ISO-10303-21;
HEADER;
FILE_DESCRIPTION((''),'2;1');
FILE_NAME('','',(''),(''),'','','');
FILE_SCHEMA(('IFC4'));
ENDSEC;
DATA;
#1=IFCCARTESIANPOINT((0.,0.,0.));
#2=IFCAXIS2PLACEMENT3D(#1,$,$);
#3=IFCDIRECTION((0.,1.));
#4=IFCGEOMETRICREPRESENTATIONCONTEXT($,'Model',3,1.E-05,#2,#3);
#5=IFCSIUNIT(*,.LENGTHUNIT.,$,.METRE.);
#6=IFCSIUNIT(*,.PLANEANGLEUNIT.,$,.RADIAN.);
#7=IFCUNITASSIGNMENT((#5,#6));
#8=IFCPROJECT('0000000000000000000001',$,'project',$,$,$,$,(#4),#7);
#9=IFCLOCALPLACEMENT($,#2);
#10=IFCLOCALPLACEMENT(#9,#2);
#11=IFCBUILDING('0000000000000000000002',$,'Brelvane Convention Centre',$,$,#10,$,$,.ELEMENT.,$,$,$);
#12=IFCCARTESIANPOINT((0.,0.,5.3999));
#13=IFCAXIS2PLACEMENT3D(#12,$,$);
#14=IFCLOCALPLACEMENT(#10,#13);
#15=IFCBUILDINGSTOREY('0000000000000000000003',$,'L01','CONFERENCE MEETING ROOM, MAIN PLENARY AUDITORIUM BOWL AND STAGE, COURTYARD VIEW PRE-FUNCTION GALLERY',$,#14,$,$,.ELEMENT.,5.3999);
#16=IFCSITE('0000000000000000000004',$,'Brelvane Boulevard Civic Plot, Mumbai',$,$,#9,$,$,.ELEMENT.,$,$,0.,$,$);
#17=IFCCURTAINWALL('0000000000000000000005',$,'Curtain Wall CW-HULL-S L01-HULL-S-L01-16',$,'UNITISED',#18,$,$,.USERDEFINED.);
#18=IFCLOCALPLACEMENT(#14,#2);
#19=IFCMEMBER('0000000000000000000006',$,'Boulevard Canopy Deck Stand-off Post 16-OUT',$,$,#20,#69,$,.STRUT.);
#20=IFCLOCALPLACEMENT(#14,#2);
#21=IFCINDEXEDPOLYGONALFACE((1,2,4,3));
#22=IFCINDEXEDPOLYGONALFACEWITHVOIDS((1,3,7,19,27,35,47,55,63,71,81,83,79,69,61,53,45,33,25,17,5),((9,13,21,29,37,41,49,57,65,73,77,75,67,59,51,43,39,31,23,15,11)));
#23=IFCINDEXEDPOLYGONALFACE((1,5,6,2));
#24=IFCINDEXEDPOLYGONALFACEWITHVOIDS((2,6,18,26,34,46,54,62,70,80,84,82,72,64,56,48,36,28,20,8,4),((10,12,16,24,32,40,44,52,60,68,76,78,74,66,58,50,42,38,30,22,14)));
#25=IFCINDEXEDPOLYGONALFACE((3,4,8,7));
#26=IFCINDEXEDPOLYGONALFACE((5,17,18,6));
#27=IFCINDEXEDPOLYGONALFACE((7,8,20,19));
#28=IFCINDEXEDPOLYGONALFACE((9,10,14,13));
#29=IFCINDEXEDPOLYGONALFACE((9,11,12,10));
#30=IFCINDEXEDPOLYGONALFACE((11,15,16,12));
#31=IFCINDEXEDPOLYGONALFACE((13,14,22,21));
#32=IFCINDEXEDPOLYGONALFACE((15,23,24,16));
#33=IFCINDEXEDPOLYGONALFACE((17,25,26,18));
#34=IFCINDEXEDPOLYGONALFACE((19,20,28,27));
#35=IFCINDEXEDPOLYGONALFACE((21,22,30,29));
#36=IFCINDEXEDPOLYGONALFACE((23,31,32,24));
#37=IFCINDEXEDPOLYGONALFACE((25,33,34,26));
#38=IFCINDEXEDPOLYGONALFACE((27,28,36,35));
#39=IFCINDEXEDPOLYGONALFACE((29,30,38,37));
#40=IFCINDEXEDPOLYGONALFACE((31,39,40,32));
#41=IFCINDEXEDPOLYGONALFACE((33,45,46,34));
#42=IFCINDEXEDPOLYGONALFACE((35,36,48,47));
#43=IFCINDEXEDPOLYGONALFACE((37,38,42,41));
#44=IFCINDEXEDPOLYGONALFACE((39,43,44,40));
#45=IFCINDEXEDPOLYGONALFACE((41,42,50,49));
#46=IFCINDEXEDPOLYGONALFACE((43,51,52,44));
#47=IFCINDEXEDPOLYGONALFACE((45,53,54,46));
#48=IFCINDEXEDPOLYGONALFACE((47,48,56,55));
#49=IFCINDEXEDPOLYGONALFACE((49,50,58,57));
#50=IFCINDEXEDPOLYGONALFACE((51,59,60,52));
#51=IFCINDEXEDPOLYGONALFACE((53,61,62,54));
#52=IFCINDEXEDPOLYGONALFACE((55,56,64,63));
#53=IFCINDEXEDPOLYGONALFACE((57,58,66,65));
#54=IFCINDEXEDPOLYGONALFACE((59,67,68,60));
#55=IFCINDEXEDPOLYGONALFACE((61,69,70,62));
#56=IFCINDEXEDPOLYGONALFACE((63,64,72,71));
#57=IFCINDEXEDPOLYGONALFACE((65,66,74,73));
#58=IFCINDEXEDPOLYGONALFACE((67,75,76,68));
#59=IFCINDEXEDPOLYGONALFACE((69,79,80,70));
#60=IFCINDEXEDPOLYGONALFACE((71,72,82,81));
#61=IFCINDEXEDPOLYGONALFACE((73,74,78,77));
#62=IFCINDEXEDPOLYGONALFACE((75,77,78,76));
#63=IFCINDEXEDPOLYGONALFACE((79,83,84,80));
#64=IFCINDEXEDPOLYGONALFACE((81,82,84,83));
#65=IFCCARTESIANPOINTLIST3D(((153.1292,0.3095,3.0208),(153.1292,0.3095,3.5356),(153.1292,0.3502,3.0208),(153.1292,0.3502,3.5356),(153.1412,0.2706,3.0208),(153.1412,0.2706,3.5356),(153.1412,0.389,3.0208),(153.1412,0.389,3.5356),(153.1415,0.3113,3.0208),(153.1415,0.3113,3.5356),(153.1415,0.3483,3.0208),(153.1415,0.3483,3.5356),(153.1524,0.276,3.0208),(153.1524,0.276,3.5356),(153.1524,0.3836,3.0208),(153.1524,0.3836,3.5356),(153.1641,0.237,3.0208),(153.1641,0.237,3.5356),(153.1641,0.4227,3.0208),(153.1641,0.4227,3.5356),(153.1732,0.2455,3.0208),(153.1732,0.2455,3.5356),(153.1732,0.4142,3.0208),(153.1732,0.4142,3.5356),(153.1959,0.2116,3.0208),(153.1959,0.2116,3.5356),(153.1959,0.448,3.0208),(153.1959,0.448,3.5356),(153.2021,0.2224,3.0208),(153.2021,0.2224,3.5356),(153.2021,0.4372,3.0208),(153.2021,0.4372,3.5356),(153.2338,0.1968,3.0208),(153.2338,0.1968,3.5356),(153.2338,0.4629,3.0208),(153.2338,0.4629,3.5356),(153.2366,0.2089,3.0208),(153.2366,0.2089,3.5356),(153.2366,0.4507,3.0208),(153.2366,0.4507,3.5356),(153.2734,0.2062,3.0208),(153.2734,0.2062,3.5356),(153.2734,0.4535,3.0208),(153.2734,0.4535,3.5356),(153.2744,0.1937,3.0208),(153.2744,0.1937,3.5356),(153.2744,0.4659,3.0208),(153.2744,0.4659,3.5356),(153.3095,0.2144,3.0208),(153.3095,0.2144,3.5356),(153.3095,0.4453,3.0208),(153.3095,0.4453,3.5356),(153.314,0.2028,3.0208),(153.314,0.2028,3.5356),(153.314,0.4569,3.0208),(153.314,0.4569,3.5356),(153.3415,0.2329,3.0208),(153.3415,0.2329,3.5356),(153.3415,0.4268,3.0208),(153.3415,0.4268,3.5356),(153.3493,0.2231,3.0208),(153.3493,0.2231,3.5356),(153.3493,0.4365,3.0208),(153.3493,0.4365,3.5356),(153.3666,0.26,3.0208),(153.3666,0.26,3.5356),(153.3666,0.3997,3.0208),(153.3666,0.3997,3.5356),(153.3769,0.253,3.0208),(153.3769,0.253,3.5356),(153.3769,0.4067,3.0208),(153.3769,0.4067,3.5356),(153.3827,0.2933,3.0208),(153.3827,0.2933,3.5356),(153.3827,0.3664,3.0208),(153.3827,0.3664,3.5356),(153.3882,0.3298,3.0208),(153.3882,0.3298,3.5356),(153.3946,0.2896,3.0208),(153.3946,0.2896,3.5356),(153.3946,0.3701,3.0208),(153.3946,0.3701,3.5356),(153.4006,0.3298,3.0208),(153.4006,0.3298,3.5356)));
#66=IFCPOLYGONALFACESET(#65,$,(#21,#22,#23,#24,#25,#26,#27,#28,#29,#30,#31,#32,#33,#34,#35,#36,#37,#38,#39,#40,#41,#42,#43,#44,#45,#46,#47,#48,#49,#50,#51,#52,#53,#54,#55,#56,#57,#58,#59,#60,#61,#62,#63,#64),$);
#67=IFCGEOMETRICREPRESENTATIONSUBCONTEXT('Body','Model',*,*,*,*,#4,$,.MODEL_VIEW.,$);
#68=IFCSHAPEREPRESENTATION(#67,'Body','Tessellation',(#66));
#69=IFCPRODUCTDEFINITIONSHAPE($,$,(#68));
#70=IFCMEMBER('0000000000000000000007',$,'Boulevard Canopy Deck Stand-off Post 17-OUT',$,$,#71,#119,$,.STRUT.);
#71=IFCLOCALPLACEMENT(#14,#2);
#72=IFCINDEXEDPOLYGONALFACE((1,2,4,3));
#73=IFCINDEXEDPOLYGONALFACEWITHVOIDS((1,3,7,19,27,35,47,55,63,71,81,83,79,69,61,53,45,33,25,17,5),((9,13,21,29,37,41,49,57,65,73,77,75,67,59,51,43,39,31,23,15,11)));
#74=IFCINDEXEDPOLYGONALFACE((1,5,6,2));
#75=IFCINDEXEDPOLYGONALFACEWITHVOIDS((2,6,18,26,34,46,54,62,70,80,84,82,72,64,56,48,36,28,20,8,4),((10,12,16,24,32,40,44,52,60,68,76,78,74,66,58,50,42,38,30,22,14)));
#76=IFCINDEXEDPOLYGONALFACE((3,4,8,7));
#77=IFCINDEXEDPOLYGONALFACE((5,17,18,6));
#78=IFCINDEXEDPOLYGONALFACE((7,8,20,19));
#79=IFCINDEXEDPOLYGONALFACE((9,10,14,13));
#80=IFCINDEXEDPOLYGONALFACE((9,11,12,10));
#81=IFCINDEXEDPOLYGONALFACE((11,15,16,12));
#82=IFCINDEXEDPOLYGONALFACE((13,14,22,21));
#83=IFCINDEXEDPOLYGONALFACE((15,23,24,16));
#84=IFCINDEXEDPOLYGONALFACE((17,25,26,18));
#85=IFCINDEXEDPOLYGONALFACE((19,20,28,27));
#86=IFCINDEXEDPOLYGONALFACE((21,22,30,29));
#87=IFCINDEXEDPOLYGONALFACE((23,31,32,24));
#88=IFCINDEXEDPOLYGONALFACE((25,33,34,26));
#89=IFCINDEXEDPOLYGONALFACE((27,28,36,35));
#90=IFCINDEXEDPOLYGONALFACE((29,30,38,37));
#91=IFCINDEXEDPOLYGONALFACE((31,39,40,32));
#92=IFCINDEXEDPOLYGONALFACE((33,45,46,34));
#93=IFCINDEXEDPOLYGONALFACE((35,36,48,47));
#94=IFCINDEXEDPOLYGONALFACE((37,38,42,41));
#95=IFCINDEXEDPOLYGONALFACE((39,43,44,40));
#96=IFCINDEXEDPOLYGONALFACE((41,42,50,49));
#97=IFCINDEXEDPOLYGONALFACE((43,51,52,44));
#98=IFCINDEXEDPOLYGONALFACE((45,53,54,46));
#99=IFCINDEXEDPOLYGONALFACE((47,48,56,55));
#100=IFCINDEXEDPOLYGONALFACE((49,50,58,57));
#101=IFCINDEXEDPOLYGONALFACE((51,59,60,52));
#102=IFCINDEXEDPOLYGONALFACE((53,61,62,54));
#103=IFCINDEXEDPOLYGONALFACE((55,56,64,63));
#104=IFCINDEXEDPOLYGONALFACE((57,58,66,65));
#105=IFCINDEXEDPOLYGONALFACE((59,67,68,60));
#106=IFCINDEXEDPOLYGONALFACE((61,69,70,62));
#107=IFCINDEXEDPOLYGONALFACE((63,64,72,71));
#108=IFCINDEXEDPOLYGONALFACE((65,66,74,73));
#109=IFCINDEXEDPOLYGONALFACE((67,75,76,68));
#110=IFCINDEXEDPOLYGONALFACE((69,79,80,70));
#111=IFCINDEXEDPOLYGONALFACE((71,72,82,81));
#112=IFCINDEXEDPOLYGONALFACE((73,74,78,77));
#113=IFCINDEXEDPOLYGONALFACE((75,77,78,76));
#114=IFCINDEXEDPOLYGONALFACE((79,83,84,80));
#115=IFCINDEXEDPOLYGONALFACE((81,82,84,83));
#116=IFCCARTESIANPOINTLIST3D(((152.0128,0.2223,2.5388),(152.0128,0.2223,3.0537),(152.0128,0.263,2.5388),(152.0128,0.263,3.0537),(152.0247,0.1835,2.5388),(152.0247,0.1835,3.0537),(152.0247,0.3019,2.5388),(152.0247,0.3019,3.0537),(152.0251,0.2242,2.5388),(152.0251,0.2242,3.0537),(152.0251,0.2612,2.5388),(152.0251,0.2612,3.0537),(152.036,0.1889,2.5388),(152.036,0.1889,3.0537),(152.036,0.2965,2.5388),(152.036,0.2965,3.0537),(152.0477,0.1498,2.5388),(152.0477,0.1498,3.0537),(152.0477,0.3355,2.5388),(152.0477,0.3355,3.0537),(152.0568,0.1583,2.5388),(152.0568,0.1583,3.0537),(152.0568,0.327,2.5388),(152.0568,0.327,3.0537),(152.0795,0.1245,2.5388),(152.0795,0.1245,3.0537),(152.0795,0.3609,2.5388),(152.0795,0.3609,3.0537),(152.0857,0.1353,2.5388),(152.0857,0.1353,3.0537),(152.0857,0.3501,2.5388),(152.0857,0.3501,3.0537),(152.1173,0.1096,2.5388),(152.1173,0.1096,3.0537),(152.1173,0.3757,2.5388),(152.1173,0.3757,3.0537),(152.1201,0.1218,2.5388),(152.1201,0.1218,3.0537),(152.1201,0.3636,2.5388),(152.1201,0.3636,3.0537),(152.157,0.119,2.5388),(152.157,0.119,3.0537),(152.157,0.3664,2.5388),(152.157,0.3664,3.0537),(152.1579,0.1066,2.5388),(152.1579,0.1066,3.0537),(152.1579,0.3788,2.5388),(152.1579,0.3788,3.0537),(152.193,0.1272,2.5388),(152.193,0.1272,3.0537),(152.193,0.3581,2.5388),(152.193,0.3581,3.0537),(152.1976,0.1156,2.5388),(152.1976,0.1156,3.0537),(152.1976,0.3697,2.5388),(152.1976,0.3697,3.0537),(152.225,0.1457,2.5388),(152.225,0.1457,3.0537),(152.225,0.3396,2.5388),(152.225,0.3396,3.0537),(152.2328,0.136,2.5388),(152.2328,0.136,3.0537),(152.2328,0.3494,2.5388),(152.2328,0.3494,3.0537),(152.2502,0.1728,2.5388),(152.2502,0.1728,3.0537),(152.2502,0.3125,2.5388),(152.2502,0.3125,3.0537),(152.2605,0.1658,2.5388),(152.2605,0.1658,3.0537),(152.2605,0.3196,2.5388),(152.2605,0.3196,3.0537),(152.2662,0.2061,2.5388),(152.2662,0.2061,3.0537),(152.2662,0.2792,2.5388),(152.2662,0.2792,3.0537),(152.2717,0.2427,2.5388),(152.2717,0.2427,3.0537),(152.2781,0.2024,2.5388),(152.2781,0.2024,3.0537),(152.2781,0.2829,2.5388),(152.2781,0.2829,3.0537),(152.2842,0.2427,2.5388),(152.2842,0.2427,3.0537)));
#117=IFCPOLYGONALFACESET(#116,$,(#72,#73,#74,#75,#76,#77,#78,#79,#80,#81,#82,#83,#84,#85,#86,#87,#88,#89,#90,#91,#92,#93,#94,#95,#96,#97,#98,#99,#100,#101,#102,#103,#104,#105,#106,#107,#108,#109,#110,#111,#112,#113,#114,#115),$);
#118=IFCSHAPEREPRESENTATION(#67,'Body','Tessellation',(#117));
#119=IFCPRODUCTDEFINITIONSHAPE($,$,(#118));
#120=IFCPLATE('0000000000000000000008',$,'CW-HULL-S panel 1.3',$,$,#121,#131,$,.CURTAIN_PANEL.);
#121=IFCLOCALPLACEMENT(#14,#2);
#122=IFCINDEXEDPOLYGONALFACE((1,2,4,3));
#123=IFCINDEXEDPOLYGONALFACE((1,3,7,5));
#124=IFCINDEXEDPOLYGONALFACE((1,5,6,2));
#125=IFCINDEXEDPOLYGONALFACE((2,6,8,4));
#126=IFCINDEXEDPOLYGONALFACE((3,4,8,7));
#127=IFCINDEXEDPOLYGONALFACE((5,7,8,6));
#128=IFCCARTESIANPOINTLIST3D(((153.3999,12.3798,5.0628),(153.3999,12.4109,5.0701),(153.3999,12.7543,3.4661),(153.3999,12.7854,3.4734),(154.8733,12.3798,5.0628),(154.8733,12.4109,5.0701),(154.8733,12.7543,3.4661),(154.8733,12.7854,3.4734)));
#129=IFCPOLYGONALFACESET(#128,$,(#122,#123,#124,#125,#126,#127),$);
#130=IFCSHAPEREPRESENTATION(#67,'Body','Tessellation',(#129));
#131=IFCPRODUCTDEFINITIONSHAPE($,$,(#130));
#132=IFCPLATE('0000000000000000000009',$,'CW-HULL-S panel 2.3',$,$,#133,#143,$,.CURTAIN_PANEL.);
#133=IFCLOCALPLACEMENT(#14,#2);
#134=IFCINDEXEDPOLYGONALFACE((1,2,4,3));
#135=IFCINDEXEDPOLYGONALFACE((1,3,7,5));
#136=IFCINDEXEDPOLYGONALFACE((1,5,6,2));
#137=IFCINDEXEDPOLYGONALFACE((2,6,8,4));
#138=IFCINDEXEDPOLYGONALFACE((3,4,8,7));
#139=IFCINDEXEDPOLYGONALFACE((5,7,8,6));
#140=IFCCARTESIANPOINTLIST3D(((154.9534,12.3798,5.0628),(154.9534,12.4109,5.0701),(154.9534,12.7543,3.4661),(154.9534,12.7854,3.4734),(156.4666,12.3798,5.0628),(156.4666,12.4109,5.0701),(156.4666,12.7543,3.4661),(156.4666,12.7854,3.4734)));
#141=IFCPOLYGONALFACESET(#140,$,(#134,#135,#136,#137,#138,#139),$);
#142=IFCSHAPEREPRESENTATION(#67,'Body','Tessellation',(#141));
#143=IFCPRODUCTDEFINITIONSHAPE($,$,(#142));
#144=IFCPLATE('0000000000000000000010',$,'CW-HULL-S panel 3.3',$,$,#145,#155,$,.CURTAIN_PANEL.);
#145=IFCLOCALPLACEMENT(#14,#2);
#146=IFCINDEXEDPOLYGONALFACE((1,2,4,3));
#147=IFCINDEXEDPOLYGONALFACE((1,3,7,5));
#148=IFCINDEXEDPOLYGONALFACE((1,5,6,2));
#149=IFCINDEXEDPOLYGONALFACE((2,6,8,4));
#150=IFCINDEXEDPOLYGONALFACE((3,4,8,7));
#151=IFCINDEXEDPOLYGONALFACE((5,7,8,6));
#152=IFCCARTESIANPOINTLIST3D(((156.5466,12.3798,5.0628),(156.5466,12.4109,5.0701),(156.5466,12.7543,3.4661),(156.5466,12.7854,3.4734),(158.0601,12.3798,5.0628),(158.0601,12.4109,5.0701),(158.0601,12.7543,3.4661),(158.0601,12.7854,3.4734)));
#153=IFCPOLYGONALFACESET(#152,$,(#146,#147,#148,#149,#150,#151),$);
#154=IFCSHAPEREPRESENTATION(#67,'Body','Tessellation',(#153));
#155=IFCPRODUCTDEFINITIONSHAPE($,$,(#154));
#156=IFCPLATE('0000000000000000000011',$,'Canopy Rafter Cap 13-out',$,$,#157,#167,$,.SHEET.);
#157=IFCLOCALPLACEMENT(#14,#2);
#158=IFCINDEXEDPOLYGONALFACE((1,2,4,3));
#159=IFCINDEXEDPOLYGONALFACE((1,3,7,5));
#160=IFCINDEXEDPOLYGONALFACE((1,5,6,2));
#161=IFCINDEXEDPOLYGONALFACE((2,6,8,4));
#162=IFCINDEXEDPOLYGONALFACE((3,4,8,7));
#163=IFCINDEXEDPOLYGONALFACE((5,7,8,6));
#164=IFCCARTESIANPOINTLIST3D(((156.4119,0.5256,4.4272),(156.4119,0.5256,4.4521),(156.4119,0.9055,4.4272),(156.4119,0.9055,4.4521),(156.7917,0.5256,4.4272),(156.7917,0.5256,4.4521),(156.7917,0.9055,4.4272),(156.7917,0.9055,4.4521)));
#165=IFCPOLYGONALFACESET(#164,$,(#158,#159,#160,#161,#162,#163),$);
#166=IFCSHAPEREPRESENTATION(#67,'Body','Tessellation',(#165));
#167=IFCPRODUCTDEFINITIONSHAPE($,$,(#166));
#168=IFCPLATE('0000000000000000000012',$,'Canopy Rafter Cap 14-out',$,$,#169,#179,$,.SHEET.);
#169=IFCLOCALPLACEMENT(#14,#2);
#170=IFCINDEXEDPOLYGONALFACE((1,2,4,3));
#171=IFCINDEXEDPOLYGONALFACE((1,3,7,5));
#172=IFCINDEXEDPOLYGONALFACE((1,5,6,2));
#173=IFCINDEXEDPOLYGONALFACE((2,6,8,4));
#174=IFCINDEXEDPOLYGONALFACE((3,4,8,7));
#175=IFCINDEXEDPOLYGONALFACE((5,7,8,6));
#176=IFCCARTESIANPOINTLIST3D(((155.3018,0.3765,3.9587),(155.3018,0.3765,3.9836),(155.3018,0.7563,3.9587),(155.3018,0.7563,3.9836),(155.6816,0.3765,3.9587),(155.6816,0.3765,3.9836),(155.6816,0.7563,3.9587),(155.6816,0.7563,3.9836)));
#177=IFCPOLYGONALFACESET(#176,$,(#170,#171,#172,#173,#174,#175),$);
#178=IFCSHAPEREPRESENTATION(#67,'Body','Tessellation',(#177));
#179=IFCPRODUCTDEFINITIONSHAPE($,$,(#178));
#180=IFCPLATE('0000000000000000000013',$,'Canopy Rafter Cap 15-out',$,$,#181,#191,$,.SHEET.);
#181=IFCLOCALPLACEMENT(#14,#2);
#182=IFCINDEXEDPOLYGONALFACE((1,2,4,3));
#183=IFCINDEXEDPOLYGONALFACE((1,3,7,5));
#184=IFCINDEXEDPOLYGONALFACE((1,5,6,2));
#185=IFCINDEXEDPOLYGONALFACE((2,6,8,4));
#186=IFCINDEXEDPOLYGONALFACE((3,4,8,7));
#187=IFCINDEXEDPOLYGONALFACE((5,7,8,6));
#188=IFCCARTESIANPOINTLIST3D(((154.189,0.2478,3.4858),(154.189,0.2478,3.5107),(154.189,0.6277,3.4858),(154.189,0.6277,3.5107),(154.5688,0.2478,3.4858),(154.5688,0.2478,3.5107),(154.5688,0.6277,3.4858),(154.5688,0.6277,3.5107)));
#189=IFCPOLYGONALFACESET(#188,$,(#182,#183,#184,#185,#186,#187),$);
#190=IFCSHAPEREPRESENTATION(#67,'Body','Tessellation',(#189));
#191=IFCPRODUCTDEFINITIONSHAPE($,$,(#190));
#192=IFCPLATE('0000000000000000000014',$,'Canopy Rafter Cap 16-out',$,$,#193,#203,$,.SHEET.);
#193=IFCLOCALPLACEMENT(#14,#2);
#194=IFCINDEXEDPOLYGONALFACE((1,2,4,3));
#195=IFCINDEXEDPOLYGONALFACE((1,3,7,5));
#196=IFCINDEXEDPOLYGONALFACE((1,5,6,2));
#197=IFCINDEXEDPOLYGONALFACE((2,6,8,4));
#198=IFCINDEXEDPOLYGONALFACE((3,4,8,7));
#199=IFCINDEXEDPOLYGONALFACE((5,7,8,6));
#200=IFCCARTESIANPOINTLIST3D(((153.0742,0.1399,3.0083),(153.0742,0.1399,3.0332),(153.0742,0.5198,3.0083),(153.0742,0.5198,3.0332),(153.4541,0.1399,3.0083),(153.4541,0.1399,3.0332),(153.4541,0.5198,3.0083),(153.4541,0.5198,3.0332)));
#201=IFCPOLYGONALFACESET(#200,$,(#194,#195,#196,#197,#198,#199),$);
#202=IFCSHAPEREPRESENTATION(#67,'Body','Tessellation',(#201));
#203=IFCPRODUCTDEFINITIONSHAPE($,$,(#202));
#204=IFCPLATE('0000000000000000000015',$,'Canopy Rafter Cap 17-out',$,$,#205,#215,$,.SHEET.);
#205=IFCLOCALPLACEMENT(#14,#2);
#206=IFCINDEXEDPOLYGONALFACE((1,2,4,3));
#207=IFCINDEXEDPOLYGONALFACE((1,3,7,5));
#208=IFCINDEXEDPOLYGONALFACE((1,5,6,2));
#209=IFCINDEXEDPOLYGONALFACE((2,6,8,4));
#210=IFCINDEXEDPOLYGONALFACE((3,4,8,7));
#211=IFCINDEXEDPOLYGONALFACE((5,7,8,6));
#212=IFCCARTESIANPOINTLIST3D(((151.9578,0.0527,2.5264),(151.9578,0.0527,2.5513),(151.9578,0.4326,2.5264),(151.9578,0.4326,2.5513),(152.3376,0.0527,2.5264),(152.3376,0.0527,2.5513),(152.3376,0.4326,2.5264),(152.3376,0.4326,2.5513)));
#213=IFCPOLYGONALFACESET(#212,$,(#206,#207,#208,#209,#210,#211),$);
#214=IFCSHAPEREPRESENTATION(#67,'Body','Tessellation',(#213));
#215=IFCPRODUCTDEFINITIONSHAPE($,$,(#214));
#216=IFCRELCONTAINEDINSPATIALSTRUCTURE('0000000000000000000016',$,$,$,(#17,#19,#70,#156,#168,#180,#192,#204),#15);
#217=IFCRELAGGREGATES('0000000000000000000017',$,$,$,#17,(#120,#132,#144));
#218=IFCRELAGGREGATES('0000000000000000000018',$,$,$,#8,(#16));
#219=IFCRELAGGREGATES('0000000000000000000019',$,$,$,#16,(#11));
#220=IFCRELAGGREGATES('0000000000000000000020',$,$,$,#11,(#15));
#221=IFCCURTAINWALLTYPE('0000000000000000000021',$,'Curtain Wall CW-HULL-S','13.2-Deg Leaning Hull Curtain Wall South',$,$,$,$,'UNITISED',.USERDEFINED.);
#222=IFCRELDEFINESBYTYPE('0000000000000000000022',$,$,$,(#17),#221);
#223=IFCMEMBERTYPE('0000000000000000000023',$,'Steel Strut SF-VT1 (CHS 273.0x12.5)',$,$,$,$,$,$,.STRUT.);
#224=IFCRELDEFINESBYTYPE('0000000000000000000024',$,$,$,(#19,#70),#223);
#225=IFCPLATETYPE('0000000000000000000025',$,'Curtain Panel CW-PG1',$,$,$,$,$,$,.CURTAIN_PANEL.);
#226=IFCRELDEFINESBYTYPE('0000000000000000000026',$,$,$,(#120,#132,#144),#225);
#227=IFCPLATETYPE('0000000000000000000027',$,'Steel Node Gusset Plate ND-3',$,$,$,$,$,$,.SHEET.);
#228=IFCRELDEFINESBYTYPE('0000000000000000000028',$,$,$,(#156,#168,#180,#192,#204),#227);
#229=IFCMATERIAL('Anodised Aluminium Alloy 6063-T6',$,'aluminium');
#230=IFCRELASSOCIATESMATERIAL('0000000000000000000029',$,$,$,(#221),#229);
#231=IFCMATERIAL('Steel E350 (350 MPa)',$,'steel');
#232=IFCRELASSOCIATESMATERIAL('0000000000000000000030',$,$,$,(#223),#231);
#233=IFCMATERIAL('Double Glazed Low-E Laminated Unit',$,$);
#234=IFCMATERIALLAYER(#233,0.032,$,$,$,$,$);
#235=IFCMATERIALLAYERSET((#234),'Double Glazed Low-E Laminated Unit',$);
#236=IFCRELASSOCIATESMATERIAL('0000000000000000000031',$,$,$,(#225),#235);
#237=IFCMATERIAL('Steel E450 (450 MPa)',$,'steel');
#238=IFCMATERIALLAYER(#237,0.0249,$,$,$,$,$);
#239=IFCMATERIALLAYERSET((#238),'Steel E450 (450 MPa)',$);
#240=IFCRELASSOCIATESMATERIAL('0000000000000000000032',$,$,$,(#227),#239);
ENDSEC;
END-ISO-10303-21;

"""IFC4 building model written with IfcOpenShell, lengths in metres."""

from ifc_helpers import new_model, si_unit, direction, frame, origin, origin_2d, place, context, subcontext, project, spatial, polyline, rectangle, hollow_circle, outline, extrude, material, layer, layer_set, material_profile, profile_set, type_object, element, aggregate, save


model = new_model("IFC4")

# Units and contexts
model_context = context("Model", 3, precision=1e-05, world=origin(), true_north=direction((0.0, 1.0)))
body_context = subcontext(model_context, "Body", "Model", "MODEL_VIEW")
ifc_project = project(units=[si_unit("LENGTHUNIT", "METRE"), si_unit("PLANEANGLEUNIT", "RADIAN")], contexts=[model_context])

# Site, building, storey
site_placement = place(None, origin())
site = spatial("IfcSite", under=ifc_project, at=site_placement, Name="Brelvane Boulevard Civic Plot, Mumbai", CompositionType="ELEMENT", RefElevation=0.0)
building_placement = place(site_placement, origin())
building = spatial("IfcBuilding", under=site, at=building_placement, Name="Brelvane Convention Centre", CompositionType="ELEMENT")
storey_placement = place(building_placement, frame((0.0, 0.0, 5.3999)))
storey = spatial("IfcBuildingStorey", under=building, at=storey_placement, Name="L01", Description="CONFERENCE MEETING ROOM, MAIN PLENARY AUDITORIUM BOWL AND STAGE, COURTYARD VIEW PRE-FUNCTION GALLERY", CompositionType="ELEMENT", Elevation=5.3999)

# Curtain wall
ifc_material_1 = material(Name="Anodised Aluminium Alloy 6063-T6", Category="aluminium")
curtain_wall_type = type_object("IfcCurtainWallType", Name="Curtain Wall CW-HULL-S", Description="13.2-Deg Leaning Hull Curtain Wall South", ElementType="UNITISED", PredefinedType="USERDEFINED", material=ifc_material_1)
curtain_wall_placement = place(storey_placement, origin())
curtain_wall = element("IfcCurtainWall", 1, at=curtain_wall_placement, inside=storey, type_object=curtain_wall_type, Name="Curtain Wall CW-HULL-S L01-HULL-S-L01-16", ObjectType="UNITISED", PredefinedType="USERDEFINED")

# Members
ifc_material_2 = material(Name="Steel E350 (350 MPa)", Category="steel")
ifc_material_profile_1 = material_profile(ifc_material_2, hollow_circle(Radius=0.1365, WallThickness=0.0125, at=origin_2d()), Name="CHS 273.0x12.5")
ifc_profile_set_1 = profile_set([ifc_material_profile_1], Name="Steel E350 (350 MPa)")
member_type_1 = type_object("IfcMemberType", Name="Steel Strut SF-VT1 (CHS 273.0x12.5)", PredefinedType="STRUT", material=ifc_profile_set_1)
for number, where, z_axis, x_axis, name in (
    (2, (153.2642, 0.3298, 3.0208), (0.0, 0.0, 1.0), (1.0, 0.0, 0.0), "Boulevard Canopy Deck Stand-off Post 16-OUT"),
    (3, (152.1477, 0.2427, 2.5388), (0.0, 0.0, 1.0), (1.0, 0.0, 0.0), "Boulevard Canopy Deck Stand-off Post 17-OUT"),
):
    element("IfcMember", number, at=place(storey_placement, frame(where, z_axis=z_axis, x_axis=x_axis)), inside=storey, type_object=member_type_1, Name=name, PredefinedType="STRUT", context=body_context, shape_type="SweptSolid", body=[
        extrude(hollow_circle(Radius=0.1365, WallThickness=0.0125, at=origin_2d()), origin(), (0.0, 0.0, 1.0), 0.5149),
    ])

# Plates
ifc_material_3 = material(Name="Double Glazed Low-E Laminated Unit")
ifc_layer_1 = layer(ifc_material_3, 0.032)
ifc_layer_set_1 = layer_set([ifc_layer_1], Name="Double Glazed Low-E Laminated Unit")
plate_type_1 = type_object("IfcPlateType", Name="Curtain Panel CW-PG1", PredefinedType="CURTAIN_PANEL", material=ifc_layer_set_1)
plate_1_placement = place(storey_placement, frame((153.3999, 12.7854, 3.4734), z_axis=(0.0, 0.973577, 0.228359), x_axis=(1.0, 0.0, 0.0)))
plate_1 = element("IfcPlate", 4, at=plate_1_placement, type_object=plate_type_1, Name="CW-HULL-S panel 1.3", PredefinedType="CURTAIN_PANEL", context=body_context, shape_type="SweptSolid", body=[
    extrude(outline(polyline([(0.0, 0.0), (1.4734, 0.0), (1.4734, -1.64), (0.0, -1.64), (0.0, 0.0)])), origin(), (0.0, 0.0, -1.0), 0.032),
])
plate_2_placement = place(storey_placement, frame((154.9534, 12.7854, 3.4734), z_axis=(0.0, 0.973577, 0.228359), x_axis=(1.0, 0.0, 0.0)))
plate_2 = element("IfcPlate", 5, at=plate_2_placement, type_object=plate_type_1, Name="CW-HULL-S panel 2.3", PredefinedType="CURTAIN_PANEL", context=body_context, shape_type="SweptSolid", body=[
    extrude(outline(polyline([(0.0, 0.0), (1.5132, 0.0), (1.5132, -1.64), (0.0, -1.64), (0.0, 0.0)])), origin(), (0.0, 0.0, -1.0), 0.032),
])
plate_3_placement = place(storey_placement, frame((156.5466, 12.7854, 3.4734), z_axis=(0.0, 0.973577, 0.228359), x_axis=(1.0, 0.0, 0.0)))
plate_3 = element("IfcPlate", 6, at=plate_3_placement, type_object=plate_type_1, Name="CW-HULL-S panel 3.3", PredefinedType="CURTAIN_PANEL", context=body_context, shape_type="SweptSolid", body=[
    extrude(outline(polyline([(0.0, 0.0), (1.5134, 0.0), (1.5134, -1.64), (0.0, -1.64), (0.0, 0.0)])), origin(), (0.0, 0.0, -1.0), 0.032),
])
aggregate(curtain_wall, [plate_1, plate_2, plate_3])

# Plates
ifc_material_4 = material(Name="Steel E450 (450 MPa)", Category="steel")
ifc_layer_2 = layer(ifc_material_4, 0.0249)
ifc_layer_set_2 = layer_set([ifc_layer_2], Name="Steel E450 (450 MPa)")
plate_type_2 = type_object("IfcPlateType", Name="Steel Node Gusset Plate ND-3", PredefinedType="SHEET", material=ifc_layer_set_2)
for number, where, z_axis, x_axis, name in (
    (7, (156.6018, 0.7156, 4.4272), (0.0, 0.0, 1.0), (1.0, 0.0, 0.0), "Canopy Rafter Cap 13-out"),
    (8, (155.4917, 0.5664, 3.9587), (0.0, 0.0, 1.0), (1.0, 0.0, 0.0), "Canopy Rafter Cap 14-out"),
    (9, (154.3789, 0.4377, 3.4858), (0.0, 0.0, 1.0), (1.0, 0.0, 0.0), "Canopy Rafter Cap 15-out"),
    (10, (153.2642, 0.3298, 3.0083), (0.0, 0.0, 1.0), (1.0, 0.0, 0.0), "Canopy Rafter Cap 16-out"),
    (11, (152.1477, 0.2427, 2.5264), (0.0, 0.0, 1.0), (1.0, 0.0, 0.0), "Canopy Rafter Cap 17-out"),
):
    element("IfcPlate", number, at=place(storey_placement, frame(where, z_axis=z_axis, x_axis=x_axis)), inside=storey, type_object=plate_type_2, Name=name, PredefinedType="SHEET", context=body_context, shape_type="SweptSolid", body=[
        extrude(rectangle(XDim=0.3799, YDim=0.3799, at=origin_2d()), origin(), (0.0, 0.0, 1.0), 0.0249),
    ])

save(model, "model.ifc")
